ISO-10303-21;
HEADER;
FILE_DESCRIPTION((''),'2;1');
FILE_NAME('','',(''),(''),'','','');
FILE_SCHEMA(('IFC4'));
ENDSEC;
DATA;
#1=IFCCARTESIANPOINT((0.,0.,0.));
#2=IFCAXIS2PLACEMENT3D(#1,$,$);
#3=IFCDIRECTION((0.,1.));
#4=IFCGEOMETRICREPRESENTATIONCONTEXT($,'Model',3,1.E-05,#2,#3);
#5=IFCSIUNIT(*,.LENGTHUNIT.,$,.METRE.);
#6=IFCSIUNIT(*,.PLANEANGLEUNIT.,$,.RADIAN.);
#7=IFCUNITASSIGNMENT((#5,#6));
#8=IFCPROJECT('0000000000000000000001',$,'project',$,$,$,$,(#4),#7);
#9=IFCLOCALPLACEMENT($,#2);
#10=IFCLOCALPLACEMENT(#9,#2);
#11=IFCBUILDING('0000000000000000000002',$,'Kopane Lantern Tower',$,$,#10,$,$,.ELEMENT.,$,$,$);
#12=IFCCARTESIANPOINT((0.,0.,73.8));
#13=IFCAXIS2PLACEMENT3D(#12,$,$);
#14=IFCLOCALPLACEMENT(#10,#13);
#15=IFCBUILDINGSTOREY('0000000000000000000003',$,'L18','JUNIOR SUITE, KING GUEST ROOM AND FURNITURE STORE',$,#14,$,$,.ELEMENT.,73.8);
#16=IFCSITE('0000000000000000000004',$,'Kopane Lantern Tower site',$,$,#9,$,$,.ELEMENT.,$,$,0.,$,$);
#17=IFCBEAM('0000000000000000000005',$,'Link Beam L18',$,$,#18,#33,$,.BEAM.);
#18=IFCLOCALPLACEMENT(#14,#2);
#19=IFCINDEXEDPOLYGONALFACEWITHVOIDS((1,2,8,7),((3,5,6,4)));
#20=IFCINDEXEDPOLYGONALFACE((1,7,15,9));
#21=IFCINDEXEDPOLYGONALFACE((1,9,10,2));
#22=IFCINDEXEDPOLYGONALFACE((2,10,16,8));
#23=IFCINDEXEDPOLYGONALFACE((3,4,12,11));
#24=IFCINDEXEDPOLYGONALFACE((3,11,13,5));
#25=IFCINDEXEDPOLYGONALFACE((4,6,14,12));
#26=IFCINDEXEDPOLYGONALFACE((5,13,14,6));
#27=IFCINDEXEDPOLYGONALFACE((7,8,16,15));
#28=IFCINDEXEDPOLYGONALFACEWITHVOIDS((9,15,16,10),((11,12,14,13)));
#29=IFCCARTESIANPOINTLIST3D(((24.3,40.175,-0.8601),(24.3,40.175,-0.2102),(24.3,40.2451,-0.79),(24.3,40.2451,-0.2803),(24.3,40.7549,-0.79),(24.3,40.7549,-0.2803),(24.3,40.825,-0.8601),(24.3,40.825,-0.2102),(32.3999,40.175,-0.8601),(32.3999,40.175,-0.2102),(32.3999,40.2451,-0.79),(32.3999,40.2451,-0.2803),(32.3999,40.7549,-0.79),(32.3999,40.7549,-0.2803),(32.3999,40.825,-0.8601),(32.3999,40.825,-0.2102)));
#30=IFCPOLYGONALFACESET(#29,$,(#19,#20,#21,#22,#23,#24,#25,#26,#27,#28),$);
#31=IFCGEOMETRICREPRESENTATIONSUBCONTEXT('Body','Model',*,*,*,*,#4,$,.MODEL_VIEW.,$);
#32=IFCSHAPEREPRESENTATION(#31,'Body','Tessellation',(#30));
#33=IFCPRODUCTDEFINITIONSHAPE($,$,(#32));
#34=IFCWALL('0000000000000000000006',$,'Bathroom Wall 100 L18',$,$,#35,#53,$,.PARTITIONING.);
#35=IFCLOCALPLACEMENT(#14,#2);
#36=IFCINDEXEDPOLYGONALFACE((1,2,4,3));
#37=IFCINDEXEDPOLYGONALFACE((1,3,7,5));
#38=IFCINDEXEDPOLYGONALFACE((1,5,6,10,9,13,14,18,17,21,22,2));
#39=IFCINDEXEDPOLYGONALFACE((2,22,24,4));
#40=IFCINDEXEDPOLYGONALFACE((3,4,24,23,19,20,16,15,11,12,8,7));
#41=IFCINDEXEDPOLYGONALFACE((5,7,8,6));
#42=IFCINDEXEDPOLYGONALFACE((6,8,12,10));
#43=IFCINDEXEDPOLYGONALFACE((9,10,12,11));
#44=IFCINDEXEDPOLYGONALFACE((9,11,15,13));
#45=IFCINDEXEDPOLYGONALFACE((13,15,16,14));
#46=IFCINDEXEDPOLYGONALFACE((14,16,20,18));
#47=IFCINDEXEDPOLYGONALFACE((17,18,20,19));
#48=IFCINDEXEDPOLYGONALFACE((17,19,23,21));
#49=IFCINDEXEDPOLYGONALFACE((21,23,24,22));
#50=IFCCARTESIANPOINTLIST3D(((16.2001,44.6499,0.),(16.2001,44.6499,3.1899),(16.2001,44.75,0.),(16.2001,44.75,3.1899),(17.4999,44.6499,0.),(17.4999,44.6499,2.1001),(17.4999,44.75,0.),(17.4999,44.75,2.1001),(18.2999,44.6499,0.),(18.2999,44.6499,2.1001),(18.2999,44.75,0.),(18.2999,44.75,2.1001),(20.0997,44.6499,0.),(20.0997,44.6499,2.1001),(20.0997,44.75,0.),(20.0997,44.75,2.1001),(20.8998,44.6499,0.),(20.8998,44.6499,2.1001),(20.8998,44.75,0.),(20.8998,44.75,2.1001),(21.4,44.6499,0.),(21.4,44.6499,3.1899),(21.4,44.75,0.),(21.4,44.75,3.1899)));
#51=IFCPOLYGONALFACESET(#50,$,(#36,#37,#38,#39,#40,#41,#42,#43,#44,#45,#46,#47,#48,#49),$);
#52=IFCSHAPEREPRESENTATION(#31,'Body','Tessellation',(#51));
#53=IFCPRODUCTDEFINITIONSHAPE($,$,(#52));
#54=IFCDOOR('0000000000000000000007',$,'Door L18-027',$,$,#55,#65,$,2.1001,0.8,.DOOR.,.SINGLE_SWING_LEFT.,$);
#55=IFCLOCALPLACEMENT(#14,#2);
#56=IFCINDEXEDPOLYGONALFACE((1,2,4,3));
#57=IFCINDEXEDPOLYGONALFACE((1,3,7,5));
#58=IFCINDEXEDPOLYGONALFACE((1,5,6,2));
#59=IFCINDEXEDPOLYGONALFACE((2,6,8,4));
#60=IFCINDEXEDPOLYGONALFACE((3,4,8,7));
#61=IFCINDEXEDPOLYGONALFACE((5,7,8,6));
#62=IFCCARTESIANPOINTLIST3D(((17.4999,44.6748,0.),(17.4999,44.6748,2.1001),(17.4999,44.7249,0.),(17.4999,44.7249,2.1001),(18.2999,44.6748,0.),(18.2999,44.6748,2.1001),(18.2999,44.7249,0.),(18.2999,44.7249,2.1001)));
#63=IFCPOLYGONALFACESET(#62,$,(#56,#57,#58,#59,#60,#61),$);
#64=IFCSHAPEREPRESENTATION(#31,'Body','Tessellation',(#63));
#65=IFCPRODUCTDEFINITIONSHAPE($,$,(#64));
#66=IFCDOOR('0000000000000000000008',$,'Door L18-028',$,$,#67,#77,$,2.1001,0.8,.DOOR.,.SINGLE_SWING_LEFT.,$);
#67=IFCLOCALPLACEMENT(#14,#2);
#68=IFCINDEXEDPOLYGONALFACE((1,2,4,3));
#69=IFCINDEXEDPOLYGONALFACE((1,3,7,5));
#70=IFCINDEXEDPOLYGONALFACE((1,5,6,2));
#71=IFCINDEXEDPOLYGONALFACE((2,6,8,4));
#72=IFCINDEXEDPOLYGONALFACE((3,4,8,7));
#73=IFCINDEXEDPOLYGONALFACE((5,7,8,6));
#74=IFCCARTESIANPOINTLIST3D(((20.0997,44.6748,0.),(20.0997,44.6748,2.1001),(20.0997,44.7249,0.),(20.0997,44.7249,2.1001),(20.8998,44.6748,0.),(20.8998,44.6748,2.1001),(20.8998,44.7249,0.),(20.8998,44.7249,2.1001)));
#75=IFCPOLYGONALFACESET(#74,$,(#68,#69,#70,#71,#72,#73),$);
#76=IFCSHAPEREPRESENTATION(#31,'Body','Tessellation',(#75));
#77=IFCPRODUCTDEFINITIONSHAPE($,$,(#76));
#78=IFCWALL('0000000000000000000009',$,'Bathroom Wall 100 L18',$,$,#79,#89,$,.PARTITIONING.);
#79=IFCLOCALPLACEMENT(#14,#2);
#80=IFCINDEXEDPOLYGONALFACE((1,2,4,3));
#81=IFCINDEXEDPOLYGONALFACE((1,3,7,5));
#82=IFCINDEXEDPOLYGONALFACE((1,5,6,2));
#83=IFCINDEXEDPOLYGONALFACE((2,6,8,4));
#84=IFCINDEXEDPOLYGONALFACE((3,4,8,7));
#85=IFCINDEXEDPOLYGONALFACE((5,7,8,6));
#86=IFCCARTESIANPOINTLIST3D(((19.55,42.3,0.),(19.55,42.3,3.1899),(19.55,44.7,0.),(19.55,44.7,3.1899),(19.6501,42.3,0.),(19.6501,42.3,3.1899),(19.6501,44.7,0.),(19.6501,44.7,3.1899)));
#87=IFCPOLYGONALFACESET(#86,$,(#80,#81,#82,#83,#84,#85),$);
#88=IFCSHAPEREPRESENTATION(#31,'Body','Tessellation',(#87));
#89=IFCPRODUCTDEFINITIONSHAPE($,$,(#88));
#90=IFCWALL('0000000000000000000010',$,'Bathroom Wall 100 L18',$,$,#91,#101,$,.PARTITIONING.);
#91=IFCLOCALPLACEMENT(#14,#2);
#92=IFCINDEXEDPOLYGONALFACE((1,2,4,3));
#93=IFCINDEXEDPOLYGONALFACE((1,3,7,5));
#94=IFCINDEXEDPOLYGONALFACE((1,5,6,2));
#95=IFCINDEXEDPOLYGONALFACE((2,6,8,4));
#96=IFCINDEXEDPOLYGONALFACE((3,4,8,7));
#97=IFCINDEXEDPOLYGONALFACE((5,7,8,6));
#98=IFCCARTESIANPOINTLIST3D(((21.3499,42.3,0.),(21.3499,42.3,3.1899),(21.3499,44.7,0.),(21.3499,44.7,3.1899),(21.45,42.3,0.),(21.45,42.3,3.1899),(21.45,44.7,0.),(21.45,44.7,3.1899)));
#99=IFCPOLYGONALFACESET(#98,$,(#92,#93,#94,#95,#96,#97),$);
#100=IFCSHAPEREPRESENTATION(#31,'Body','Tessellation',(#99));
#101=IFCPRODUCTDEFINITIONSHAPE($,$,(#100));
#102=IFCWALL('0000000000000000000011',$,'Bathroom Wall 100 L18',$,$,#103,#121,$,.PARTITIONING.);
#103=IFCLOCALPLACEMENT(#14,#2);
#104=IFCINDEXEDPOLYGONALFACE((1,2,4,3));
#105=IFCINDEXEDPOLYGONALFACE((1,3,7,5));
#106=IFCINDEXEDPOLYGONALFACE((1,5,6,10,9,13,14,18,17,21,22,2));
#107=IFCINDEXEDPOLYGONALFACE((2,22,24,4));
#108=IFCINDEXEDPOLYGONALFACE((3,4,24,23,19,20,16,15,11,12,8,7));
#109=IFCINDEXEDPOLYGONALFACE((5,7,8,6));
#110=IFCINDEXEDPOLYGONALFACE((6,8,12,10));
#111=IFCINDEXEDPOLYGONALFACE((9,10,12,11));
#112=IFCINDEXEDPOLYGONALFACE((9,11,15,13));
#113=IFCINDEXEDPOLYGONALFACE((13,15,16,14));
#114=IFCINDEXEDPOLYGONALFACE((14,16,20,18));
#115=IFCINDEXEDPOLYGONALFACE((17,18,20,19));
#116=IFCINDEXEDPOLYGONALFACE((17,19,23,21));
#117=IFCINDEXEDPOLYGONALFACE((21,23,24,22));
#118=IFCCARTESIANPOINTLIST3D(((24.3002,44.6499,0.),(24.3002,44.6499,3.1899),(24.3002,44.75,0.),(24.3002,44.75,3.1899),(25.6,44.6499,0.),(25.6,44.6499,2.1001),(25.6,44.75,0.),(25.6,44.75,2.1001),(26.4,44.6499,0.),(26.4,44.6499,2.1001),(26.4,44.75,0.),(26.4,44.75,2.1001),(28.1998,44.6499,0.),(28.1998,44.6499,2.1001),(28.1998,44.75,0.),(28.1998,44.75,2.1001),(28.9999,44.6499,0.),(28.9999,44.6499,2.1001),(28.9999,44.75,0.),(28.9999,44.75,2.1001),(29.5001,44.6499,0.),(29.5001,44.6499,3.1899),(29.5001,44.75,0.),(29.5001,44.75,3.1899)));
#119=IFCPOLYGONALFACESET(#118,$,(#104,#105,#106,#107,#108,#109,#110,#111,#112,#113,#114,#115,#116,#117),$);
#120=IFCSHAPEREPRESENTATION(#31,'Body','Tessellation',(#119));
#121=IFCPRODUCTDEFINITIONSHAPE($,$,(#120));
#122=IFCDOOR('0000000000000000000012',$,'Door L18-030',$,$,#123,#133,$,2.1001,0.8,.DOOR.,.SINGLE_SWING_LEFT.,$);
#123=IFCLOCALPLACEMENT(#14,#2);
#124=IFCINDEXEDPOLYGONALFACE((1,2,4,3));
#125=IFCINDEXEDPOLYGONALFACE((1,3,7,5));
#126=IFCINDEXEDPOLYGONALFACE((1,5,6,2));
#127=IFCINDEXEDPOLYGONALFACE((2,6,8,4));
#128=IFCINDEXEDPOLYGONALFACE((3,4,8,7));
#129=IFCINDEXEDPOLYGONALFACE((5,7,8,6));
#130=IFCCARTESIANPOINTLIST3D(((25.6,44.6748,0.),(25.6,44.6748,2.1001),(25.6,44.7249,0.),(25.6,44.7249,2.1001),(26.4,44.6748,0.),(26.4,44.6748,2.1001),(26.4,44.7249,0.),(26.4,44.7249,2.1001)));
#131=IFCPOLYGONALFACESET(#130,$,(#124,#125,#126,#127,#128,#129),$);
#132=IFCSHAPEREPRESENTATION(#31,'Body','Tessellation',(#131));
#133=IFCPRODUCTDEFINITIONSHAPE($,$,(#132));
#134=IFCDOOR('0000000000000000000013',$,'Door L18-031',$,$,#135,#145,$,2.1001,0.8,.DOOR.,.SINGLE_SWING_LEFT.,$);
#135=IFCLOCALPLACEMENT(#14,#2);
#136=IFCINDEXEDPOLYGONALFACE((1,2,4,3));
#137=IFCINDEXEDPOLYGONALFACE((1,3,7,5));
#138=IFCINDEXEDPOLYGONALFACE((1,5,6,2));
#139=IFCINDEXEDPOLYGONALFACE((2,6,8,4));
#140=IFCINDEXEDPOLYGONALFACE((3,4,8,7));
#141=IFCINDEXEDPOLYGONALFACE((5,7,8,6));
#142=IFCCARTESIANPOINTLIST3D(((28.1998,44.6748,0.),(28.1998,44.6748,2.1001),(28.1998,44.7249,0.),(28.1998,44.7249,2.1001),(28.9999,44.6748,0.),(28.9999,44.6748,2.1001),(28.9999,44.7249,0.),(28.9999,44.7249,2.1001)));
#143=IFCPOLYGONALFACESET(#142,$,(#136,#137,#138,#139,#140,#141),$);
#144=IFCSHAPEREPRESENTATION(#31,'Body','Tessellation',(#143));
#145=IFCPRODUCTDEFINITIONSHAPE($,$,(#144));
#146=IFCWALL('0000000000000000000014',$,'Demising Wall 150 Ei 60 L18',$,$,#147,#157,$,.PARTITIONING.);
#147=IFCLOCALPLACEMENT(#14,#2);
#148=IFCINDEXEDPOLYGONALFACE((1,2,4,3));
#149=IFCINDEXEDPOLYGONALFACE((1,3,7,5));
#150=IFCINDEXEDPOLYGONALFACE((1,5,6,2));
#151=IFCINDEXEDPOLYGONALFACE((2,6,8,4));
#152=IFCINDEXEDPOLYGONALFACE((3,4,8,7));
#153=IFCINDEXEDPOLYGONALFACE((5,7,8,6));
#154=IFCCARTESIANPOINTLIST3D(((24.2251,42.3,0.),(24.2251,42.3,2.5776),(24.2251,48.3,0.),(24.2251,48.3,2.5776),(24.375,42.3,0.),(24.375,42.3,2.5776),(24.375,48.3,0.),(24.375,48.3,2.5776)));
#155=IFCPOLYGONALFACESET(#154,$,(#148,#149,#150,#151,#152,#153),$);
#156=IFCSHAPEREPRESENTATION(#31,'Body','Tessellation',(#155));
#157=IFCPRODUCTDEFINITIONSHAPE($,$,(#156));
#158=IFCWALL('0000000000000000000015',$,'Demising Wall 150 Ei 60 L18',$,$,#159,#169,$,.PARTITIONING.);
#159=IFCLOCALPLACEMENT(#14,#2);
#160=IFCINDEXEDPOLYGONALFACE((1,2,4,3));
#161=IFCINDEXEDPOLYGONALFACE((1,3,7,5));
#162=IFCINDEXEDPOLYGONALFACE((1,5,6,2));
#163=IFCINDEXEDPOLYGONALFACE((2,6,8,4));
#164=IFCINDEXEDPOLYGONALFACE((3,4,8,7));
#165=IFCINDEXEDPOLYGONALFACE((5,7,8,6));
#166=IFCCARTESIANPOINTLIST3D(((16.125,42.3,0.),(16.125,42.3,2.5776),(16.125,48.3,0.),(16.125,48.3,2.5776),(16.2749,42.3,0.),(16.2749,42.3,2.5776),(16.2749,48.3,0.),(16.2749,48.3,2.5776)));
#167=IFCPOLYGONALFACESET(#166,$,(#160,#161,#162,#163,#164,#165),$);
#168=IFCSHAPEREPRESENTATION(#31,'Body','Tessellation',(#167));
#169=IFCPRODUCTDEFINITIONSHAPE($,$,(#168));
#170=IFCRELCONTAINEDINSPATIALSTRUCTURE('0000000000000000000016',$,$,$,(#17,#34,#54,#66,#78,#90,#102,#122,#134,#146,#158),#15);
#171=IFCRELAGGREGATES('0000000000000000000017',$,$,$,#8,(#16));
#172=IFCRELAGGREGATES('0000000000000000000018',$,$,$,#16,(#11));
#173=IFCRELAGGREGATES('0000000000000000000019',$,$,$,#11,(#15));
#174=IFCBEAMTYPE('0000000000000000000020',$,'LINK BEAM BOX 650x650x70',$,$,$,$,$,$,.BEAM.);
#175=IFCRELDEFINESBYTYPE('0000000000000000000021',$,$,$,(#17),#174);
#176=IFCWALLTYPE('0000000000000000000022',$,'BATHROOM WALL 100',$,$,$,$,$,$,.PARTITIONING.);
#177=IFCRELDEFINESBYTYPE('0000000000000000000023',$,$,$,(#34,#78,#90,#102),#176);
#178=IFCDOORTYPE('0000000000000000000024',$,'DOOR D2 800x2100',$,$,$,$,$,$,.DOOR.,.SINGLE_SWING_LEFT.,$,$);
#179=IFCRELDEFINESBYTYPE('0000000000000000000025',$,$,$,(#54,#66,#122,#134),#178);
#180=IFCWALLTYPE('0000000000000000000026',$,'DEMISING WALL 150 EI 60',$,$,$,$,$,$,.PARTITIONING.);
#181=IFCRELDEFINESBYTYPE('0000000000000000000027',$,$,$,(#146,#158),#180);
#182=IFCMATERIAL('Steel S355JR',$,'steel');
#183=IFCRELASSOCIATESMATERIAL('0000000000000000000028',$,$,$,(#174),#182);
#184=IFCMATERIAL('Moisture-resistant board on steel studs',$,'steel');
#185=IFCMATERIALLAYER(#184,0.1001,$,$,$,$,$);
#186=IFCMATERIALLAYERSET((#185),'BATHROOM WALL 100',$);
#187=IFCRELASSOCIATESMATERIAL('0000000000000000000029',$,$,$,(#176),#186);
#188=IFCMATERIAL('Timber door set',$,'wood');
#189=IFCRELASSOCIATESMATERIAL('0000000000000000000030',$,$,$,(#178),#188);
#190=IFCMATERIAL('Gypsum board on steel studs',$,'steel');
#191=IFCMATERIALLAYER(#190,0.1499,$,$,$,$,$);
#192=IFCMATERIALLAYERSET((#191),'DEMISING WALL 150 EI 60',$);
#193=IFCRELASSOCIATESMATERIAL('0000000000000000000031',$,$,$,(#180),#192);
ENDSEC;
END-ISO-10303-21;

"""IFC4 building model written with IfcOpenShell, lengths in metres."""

from ifc_helpers import new_model, si_unit, direction, frame, frame_2d, origin, origin_2d, place, context, subcontext, project, spatial, rectangle, hollow_rectangle, extrude, material, layer, layer_set, material_profile, profile_set, type_object, element, fill, save


model = new_model("IFC4")

# Units and contexts
model_context = context("Model", 3, precision=1e-05, world=origin(), true_north=direction((0.0, 1.0)))
body_context = subcontext(model_context, "Body", "Model", "MODEL_VIEW")
ifc_project = project(units=[si_unit("LENGTHUNIT", "METRE"), si_unit("PLANEANGLEUNIT", "RADIAN")], contexts=[model_context])

# Site, building, storey
site_placement = place(None, origin())
site = spatial("IfcSite", under=ifc_project, at=site_placement, Name="Kopane Lantern Tower site", CompositionType="ELEMENT", RefElevation=0.0)
building_placement = place(site_placement, origin())
building = spatial("IfcBuilding", under=site, at=building_placement, Name="Kopane Lantern Tower", CompositionType="ELEMENT")
storey_placement = place(building_placement, frame((0.0, 0.0, 73.8)))
storey = spatial("IfcBuildingStorey", under=building, at=storey_placement, Name="L18", Description="JUNIOR SUITE, KING GUEST ROOM AND FURNITURE STORE", CompositionType="ELEMENT", Elevation=73.8)

# Beam
ifc_material_1 = material(Name="Steel S355JR", Category="steel")
ifc_material_profile_1 = material_profile(ifc_material_1, hollow_rectangle(XDim=0.6499, YDim=0.6499, WallThickness=0.0701, at=origin_2d()), Name="BOX 650x650x70")
ifc_profile_set_1 = profile_set([ifc_material_profile_1], Name="Steel S355JR")
beam_type_1 = type_object("IfcBeamType", Name="LINK BEAM BOX 650x650x70", PredefinedType="BEAM", material=ifc_profile_set_1)
beam_1_placement = place(storey_placement, frame((24.3, 40.5, -0.5352), z_axis=(1.0, 0.0, 0.0), x_axis=(0.0, 1.0, 0.0)))
element("IfcBeam", 1, at=beam_1_placement, inside=storey, type_object=beam_type_1, Name="Link Beam L18", PredefinedType="BEAM", context=body_context, shape_type="SweptSolid", body=[
    extrude(hollow_rectangle(XDim=0.6499, YDim=0.6499, WallThickness=0.0701, at=origin_2d()), origin(), (0.0, 0.0, 1.0), 8.0999),
])

# Wall, openings, doors
ifc_material_2 = material(Name="Moisture-resistant board on steel studs", Category="steel")
ifc_layer_1 = layer(ifc_material_2, 0.1001)
ifc_layer_set_1 = layer_set([ifc_layer_1], Name="BATHROOM WALL 100")
wall_type_1 = type_object("IfcWallType", Name="BATHROOM WALL 100", PredefinedType="PARTITIONING", material=ifc_layer_set_1)
wall_1_placement = place(storey_placement, frame((16.2, 44.7, 0.0), z_axis=(0.0, 0.0, 1.0), x_axis=(1.0, 0.0, 0.0)))
wall_1 = element("IfcWall", 2, at=wall_1_placement, inside=storey, type_object=wall_type_1, Name="Bathroom Wall 100 L18", PredefinedType="PARTITIONING", context=body_context, shape_type="SweptSolid", body=[
    extrude(rectangle(XDim=5.2, YDim=0.1001, at=frame_2d((2.6001, 0.0))), origin(), (0.0, 0.0, 1.0), 3.1899),
])
opening_1_placement = place(wall_1_placement, frame((1.3, 0.0, 0.0)))
opening_1 = element("IfcOpeningElement", 3, at=opening_1_placement, cuts=wall_1, PredefinedType="OPENING", context=body_context, shape_type="SweptSolid", body=[
    extrude(rectangle(XDim=0.8, YDim=2.1001, at=frame_2d((0.3999, 1.05))), frame((0.0, 0.0601, 0.0), z_axis=(0.0, -1.0, 0.0), x_axis=(1.0, 0.0, 0.0)), (0.0, 0.0, 1.0), 0.1201),
])
opening_2_placement = place(wall_1_placement, frame((3.8999, 0.0, 0.0)))
opening_2 = element("IfcOpeningElement", 4, at=opening_2_placement, cuts=wall_1, PredefinedType="OPENING", context=body_context, shape_type="SweptSolid", body=[
    extrude(rectangle(XDim=0.8, YDim=2.1001, at=frame_2d((0.3999, 1.05))), frame((0.0, 0.0601, 0.0), z_axis=(0.0, -1.0, 0.0), x_axis=(1.0, 0.0, 0.0)), (0.0, 0.0, 1.0), 0.1201),
])
ifc_material_3 = material(Name="Timber door set", Category="wood")
door_type = type_object("IfcDoorType", Name="DOOR D2 800x2100", OperationType="SINGLE_SWING_LEFT", PredefinedType="DOOR", material=ifc_material_3)
door_1_placement = place(opening_1_placement, origin())
door_1 = element("IfcDoor", 5, at=door_1_placement, inside=storey, type_object=door_type, Name="Door L18-027", OperationType="SINGLE_SWING_LEFT", OverallHeight=2.1001, OverallWidth=0.8, PredefinedType="DOOR", context=body_context, shape_type="SweptSolid", body=[
    extrude(rectangle(XDim=0.8, YDim=2.1001, at=frame_2d((0.3999, 1.05))), frame((0.0, 0.0249, 0.0), z_axis=(0.0, -1.0, 0.0), x_axis=(1.0, 0.0, 0.0)), (0.0, 0.0, 1.0), 0.05),
])
fill(opening_1, door_1)
door_2_placement = place(opening_2_placement, origin())
door_2 = element("IfcDoor", 6, at=door_2_placement, inside=storey, type_object=door_type, Name="Door L18-028", OperationType="SINGLE_SWING_LEFT", OverallHeight=2.1001, OverallWidth=0.8, PredefinedType="DOOR", context=body_context, shape_type="SweptSolid", body=[
    extrude(rectangle(XDim=0.8, YDim=2.1001, at=frame_2d((0.3999, 1.05))), frame((0.0, 0.0249, 0.0), z_axis=(0.0, -1.0, 0.0), x_axis=(1.0, 0.0, 0.0)), (0.0, 0.0, 1.0), 0.05),
])
fill(opening_2, door_2)

# Walls
for number, where, z_axis, x_axis, name in (
    (7, (19.6001, 42.3, 0.0), (0.0, 0.0, 1.0), (0.0, 1.0, 0.0), "Bathroom Wall 100 L18"),
    (8, (21.3999, 42.3, 0.0), (0.0, 0.0, 1.0), (0.0, 1.0, 0.0), "Bathroom Wall 100 L18"),
):
    element("IfcWall", number, at=place(storey_placement, frame(where, z_axis=z_axis, x_axis=x_axis)), inside=storey, type_object=wall_type_1, Name=name, PredefinedType="PARTITIONING", context=body_context, shape_type="SweptSolid", body=[
        extrude(rectangle(XDim=2.3999, YDim=0.1001, at=frame_2d((1.2, 0.0))), origin(), (0.0, 0.0, 1.0), 3.1899),
    ])

# Wall, openings, doors
wall_2_placement = place(storey_placement, frame((24.3, 44.7, 0.0), z_axis=(0.0, 0.0, 1.0), x_axis=(1.0, 0.0, 0.0)))
wall_2 = element("IfcWall", 9, at=wall_2_placement, inside=storey, type_object=wall_type_1, Name="Bathroom Wall 100 L18", PredefinedType="PARTITIONING", context=body_context, shape_type="SweptSolid", body=[
    extrude(rectangle(XDim=5.2, YDim=0.1001, at=frame_2d((2.6001, 0.0))), origin(), (0.0, 0.0, 1.0), 3.1899),
])
opening_3_placement = place(wall_2_placement, frame((1.3, 0.0, 0.0)))
opening_3 = element("IfcOpeningElement", 10, at=opening_3_placement, cuts=wall_2, PredefinedType="OPENING", context=body_context, shape_type="SweptSolid", body=[
    extrude(rectangle(XDim=0.8, YDim=2.1001, at=frame_2d((0.3999, 1.05))), frame((0.0, 0.0601, 0.0), z_axis=(0.0, -1.0, 0.0), x_axis=(1.0, 0.0, 0.0)), (0.0, 0.0, 1.0), 0.1201),
])
opening_4_placement = place(wall_2_placement, frame((3.8999, 0.0, 0.0)))
opening_4 = element("IfcOpeningElement", 11, at=opening_4_placement, cuts=wall_2, PredefinedType="OPENING", context=body_context, shape_type="SweptSolid", body=[
    extrude(rectangle(XDim=0.8, YDim=2.1001, at=frame_2d((0.3999, 1.05))), frame((0.0, 0.0601, 0.0), z_axis=(0.0, -1.0, 0.0), x_axis=(1.0, 0.0, 0.0)), (0.0, 0.0, 1.0), 0.1201),
])
door_3_placement = place(opening_3_placement, origin())
door_3 = element("IfcDoor", 12, at=door_3_placement, inside=storey, type_object=door_type, Name="Door L18-030", OperationType="SINGLE_SWING_LEFT", OverallHeight=2.1001, OverallWidth=0.8, PredefinedType="DOOR", context=body_context, shape_type="SweptSolid", body=[
    extrude(rectangle(XDim=0.8, YDim=2.1001, at=frame_2d((0.3999, 1.05))), frame((0.0, 0.0249, 0.0), z_axis=(0.0, -1.0, 0.0), x_axis=(1.0, 0.0, 0.0)), (0.0, 0.0, 1.0), 0.05),
])
fill(opening_3, door_3)
door_4_placement = place(opening_4_placement, origin())
door_4 = element("IfcDoor", 13, at=door_4_placement, inside=storey, type_object=door_type, Name="Door L18-031", OperationType="SINGLE_SWING_LEFT", OverallHeight=2.1001, OverallWidth=0.8, PredefinedType="DOOR", context=body_context, shape_type="SweptSolid", body=[
    extrude(rectangle(XDim=0.8, YDim=2.1001, at=frame_2d((0.3999, 1.05))), frame((0.0, 0.0249, 0.0), z_axis=(0.0, -1.0, 0.0), x_axis=(1.0, 0.0, 0.0)), (0.0, 0.0, 1.0), 0.05),
])
fill(opening_4, door_4)

# Walls
ifc_material_4 = material(Name="Gypsum board on steel studs", Category="steel")
ifc_layer_2 = layer(ifc_material_4, 0.1499)
ifc_layer_set_2 = layer_set([ifc_layer_2], Name="DEMISING WALL 150 EI 60")
wall_type_2 = type_object("IfcWallType", Name="DEMISING WALL 150 EI 60", PredefinedType="PARTITIONING", material=ifc_layer_set_2)
for number, where, z_axis, x_axis, name in (
    (14, (24.3, 42.3, 0.0), (0.0, 0.0, 1.0), (0.0, 1.0, 0.0), "Demising Wall 150 Ei 60 L18"),
    (15, (16.2, 42.3, 0.0), (0.0, 0.0, 1.0), (0.0, 1.0, 0.0), "Demising Wall 150 Ei 60 L18"),
):
    element("IfcWall", number, at=place(storey_placement, frame(where, z_axis=z_axis, x_axis=x_axis)), inside=storey, type_object=wall_type_2, Name=name, PredefinedType="PARTITIONING", context=body_context, shape_type="SweptSolid", body=[
        extrude(rectangle(XDim=6.0, YDim=0.1499, at=frame_2d((3.0, 0.0))), origin(), (0.0, 0.0, 1.0), 2.5776),
    ])

save(model, "model.ifc")
